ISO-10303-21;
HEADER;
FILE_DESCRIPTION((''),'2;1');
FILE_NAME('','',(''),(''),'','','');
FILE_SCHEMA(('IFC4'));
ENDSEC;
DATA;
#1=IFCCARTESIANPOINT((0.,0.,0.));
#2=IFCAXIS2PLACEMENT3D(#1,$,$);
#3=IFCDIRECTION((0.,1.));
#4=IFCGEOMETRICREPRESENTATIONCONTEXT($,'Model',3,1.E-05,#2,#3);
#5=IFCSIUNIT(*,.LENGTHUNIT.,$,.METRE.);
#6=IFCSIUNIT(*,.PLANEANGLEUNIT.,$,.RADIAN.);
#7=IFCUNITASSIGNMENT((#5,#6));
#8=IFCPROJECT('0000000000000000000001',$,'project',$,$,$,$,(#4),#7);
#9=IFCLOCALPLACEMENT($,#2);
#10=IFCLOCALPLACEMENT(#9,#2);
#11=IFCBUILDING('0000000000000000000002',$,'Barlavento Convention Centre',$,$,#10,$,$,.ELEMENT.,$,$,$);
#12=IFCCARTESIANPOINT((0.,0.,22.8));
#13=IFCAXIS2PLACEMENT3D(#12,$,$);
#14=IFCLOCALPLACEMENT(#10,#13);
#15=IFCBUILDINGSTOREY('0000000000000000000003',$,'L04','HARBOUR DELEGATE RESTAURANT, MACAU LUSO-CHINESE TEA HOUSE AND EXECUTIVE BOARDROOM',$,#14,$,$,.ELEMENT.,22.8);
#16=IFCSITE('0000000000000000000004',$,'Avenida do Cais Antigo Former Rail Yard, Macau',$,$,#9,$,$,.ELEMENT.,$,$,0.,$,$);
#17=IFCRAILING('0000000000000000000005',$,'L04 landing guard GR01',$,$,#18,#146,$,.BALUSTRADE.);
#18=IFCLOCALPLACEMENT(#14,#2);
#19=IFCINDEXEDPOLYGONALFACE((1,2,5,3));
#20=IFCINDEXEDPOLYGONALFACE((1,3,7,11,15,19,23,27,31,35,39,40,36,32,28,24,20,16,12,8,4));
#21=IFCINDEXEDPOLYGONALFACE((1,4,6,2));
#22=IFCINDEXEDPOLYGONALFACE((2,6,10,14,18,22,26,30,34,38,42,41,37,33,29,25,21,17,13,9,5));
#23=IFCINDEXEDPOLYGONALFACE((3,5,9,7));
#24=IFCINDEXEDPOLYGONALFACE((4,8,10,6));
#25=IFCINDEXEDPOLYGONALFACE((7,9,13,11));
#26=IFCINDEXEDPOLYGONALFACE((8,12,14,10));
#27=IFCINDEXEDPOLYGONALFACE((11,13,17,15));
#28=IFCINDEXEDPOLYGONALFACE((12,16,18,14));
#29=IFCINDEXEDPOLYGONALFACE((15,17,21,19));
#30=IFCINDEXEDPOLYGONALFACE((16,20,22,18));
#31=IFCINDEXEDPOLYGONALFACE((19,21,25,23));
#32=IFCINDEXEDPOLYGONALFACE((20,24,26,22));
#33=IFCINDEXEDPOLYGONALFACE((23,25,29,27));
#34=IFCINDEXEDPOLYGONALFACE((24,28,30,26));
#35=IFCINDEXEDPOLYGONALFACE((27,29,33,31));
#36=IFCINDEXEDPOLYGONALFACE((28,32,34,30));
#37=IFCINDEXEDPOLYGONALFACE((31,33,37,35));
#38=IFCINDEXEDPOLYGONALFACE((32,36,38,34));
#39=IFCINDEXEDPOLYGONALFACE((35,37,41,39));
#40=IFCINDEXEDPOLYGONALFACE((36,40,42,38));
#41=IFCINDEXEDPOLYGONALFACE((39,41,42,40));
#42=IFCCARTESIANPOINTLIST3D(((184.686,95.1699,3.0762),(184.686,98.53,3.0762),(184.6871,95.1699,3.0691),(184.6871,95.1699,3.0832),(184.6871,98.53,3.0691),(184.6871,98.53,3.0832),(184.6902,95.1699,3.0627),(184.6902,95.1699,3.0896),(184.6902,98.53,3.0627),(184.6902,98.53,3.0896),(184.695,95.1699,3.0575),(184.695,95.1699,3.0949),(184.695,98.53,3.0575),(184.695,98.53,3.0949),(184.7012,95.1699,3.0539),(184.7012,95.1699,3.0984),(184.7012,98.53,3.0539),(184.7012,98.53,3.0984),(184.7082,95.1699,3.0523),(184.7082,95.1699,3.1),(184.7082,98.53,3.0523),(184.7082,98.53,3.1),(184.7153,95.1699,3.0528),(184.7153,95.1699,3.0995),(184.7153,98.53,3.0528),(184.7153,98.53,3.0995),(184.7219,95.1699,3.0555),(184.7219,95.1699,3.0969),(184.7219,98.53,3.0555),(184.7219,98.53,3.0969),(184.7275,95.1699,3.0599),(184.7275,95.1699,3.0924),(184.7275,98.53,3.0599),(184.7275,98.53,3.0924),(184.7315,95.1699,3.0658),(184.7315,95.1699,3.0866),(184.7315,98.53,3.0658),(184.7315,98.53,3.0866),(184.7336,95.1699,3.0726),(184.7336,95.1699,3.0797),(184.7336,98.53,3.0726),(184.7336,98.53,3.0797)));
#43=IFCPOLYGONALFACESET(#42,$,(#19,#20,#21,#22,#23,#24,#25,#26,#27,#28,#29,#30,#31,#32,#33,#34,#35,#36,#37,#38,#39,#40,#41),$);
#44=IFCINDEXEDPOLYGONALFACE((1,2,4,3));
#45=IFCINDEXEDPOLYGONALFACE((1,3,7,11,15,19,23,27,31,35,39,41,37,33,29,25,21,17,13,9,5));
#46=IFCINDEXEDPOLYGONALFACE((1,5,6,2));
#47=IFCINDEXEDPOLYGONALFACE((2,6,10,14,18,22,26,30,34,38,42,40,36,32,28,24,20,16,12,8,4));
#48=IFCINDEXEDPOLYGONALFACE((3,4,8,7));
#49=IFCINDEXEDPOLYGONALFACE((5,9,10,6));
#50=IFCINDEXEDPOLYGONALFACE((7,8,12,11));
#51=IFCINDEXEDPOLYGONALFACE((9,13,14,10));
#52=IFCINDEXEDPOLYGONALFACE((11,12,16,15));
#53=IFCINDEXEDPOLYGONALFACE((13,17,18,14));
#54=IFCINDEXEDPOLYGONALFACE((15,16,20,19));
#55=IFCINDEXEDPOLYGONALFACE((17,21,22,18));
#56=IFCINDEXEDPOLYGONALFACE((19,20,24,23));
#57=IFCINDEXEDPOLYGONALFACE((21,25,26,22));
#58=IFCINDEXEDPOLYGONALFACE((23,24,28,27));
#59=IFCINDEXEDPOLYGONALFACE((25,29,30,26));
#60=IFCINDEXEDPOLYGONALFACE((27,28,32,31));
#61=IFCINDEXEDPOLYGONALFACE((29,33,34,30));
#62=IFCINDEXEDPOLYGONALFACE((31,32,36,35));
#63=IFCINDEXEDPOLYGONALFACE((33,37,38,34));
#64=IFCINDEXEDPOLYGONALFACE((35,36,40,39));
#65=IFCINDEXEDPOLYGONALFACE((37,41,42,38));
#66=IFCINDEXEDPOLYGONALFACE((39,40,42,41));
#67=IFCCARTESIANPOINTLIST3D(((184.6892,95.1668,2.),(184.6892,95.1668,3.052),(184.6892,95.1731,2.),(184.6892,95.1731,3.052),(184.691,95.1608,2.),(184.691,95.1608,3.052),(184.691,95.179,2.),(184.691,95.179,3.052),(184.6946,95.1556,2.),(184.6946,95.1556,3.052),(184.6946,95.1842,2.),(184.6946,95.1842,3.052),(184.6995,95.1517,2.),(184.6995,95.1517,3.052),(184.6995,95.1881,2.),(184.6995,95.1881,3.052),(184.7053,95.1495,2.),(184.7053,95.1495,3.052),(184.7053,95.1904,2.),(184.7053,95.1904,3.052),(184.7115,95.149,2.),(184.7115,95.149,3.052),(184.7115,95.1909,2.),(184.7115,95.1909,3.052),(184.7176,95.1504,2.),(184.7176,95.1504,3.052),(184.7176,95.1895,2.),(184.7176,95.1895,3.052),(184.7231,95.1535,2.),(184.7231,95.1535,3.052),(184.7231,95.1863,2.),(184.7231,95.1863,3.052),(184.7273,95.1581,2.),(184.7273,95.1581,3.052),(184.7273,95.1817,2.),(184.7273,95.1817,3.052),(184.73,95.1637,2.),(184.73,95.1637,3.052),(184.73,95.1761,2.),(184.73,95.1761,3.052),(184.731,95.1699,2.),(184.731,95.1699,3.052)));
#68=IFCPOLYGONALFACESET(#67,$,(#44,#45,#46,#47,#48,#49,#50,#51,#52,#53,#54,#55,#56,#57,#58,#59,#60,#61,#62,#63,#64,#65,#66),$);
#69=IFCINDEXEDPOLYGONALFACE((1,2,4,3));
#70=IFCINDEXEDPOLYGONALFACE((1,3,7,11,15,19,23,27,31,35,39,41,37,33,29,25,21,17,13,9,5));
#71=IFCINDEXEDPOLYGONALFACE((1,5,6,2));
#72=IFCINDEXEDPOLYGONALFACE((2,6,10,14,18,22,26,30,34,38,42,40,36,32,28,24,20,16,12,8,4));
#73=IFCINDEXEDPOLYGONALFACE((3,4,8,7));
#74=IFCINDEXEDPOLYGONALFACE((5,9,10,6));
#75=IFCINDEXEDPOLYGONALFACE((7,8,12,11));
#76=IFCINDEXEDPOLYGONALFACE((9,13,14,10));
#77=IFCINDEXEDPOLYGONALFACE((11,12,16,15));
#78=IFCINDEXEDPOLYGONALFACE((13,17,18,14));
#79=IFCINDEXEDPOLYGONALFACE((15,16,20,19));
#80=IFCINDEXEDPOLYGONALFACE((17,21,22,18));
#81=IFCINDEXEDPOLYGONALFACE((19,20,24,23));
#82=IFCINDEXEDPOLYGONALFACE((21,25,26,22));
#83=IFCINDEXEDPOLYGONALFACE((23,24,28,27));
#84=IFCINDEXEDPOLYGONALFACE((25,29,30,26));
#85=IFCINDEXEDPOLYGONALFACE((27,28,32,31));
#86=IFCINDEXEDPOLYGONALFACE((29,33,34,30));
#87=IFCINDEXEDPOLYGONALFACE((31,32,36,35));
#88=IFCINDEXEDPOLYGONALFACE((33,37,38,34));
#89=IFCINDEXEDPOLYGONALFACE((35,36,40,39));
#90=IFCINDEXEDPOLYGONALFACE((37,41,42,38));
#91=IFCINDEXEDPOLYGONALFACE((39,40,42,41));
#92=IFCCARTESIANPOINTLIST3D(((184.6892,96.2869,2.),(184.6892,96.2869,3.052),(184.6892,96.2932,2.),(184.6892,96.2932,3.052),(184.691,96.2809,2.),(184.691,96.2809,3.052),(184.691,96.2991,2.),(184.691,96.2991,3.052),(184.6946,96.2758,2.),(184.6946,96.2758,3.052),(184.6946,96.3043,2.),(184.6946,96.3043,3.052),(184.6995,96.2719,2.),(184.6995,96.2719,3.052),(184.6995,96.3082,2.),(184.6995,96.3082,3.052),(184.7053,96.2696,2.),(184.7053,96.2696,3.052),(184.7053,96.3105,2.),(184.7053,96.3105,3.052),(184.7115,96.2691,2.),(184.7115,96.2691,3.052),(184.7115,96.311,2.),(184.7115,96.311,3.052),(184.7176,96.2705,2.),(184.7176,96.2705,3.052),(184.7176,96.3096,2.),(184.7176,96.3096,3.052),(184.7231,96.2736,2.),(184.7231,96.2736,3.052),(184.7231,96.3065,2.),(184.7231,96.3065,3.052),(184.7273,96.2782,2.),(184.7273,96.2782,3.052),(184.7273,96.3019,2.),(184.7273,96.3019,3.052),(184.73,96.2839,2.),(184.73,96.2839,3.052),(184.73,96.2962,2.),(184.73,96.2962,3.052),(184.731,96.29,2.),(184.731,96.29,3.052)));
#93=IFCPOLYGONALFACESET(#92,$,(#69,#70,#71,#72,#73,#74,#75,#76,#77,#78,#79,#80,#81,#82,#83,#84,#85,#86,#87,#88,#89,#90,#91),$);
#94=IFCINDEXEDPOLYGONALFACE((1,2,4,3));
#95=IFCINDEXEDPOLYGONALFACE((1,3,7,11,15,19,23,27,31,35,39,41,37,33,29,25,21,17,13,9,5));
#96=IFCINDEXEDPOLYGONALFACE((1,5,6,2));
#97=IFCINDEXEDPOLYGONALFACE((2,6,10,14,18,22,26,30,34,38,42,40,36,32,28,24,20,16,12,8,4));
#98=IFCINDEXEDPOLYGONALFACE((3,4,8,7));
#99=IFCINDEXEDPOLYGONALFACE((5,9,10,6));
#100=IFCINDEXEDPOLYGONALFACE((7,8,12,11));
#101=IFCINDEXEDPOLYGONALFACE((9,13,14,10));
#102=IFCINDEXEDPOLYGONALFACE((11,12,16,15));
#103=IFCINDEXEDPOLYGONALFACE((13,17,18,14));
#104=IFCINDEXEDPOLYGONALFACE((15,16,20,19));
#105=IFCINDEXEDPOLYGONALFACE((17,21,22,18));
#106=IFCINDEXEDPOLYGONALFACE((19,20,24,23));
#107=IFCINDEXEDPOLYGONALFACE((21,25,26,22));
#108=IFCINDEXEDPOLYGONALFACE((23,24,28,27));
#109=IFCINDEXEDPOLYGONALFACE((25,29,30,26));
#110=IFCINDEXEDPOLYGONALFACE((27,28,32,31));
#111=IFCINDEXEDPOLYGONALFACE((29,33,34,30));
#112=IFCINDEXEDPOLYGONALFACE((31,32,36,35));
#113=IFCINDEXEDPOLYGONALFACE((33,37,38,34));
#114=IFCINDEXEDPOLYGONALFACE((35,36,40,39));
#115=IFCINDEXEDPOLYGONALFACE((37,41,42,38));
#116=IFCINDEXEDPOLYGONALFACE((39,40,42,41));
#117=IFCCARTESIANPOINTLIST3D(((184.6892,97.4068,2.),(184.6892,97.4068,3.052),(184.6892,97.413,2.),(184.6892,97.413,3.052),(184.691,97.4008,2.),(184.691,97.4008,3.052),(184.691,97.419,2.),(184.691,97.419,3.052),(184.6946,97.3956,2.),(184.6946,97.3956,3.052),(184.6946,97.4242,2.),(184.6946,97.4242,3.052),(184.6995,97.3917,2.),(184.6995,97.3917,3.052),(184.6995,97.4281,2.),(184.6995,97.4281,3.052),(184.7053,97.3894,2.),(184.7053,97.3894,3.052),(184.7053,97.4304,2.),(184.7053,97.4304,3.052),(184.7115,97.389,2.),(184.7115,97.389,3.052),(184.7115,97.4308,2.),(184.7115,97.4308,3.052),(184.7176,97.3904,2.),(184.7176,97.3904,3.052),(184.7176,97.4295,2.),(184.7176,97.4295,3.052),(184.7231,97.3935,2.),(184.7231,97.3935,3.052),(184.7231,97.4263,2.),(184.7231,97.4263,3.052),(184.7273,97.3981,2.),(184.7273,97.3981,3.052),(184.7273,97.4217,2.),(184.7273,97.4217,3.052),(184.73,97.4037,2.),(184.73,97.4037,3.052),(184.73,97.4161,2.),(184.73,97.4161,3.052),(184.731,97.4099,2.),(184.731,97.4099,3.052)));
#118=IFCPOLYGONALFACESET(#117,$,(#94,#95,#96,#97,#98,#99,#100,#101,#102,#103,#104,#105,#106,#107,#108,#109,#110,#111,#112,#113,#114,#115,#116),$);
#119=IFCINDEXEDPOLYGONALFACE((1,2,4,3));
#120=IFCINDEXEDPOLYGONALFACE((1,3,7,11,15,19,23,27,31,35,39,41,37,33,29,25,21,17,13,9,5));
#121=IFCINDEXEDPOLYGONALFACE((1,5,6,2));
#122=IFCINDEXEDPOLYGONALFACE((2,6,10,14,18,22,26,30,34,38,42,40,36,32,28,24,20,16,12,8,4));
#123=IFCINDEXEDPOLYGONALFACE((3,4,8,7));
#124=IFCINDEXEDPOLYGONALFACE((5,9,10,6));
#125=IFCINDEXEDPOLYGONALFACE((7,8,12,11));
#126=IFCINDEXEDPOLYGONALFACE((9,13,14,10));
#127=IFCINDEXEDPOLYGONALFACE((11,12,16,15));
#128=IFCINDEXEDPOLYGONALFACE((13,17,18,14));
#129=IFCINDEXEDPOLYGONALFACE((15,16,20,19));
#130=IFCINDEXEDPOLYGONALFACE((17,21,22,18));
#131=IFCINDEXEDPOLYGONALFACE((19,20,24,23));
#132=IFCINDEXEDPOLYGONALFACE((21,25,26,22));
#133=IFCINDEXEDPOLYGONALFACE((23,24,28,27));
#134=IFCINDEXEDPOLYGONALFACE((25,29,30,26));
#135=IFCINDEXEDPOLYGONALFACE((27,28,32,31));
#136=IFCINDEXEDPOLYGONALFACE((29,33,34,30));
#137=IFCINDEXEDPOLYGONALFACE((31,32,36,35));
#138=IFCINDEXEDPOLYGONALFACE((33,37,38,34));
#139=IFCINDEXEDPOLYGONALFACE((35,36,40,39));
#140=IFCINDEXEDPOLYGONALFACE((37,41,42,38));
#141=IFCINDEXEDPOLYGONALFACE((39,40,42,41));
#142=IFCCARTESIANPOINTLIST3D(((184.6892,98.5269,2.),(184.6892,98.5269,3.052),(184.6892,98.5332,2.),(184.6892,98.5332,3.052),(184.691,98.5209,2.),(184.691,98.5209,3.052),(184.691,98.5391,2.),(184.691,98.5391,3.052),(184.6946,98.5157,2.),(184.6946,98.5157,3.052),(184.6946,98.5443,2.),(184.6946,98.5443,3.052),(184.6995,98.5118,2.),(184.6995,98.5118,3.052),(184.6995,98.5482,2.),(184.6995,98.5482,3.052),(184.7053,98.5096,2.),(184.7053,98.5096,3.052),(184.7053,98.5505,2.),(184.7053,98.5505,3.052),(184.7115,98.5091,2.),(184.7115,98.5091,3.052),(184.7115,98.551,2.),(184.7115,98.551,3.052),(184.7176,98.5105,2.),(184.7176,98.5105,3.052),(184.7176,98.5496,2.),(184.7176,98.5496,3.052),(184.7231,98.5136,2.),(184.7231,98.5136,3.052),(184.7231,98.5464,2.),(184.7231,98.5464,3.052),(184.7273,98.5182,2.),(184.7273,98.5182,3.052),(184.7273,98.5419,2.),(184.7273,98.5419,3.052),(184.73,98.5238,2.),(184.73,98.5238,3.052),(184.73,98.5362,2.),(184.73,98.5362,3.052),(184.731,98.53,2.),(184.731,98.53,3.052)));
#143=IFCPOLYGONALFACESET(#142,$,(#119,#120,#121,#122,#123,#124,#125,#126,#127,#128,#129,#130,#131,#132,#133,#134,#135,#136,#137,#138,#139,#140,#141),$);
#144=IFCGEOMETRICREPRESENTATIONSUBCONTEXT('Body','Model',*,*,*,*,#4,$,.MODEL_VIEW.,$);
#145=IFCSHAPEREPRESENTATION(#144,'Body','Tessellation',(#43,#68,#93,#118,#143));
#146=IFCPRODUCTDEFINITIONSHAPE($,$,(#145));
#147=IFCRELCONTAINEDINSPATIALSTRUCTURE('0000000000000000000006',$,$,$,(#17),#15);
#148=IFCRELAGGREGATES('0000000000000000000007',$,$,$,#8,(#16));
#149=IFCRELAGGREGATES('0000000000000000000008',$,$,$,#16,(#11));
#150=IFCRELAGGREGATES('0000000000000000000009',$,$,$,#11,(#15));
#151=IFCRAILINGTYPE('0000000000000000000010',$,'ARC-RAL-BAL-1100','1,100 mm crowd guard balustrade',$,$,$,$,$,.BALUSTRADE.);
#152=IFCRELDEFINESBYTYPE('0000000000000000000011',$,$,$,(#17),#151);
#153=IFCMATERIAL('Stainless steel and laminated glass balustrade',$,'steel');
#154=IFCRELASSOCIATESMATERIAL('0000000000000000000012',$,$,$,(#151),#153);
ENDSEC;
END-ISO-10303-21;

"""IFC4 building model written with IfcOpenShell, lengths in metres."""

from ifc_helpers import new_model, si_unit, direction, frame, origin, origin_2d, place, context, subcontext, project, spatial, circle, extrude, material, type_object, element, save


model = new_model("IFC4")

# Units and contexts
model_context = context("Model", 3, precision=1e-05, world=origin(), true_north=direction((0.0, 1.0)))
body_context = subcontext(model_context, "Body", "Model", "MODEL_VIEW")
ifc_project = project(units=[si_unit("LENGTHUNIT", "METRE"), si_unit("PLANEANGLEUNIT", "RADIAN")], contexts=[model_context])

# Site, building, storey
site_placement = place(None, origin())
site = spatial("IfcSite", under=ifc_project, at=site_placement, Name="Avenida do Cais Antigo Former Rail Yard, Macau", CompositionType="ELEMENT", RefElevation=0.0)
building_placement = place(site_placement, origin())
building = spatial("IfcBuilding", under=site, at=building_placement, Name="Barlavento Convention Centre", CompositionType="ELEMENT")
storey_placement = place(building_placement, frame((0.0, 0.0, 22.8)))
storey = spatial("IfcBuildingStorey", under=building, at=storey_placement, Name="L04", Description="HARBOUR DELEGATE RESTAURANT, MACAU LUSO-CHINESE TEA HOUSE AND EXECUTIVE BOARDROOM", CompositionType="ELEMENT", Elevation=22.8)

# Railing
ifc_material_1 = material(Name="Stainless steel and laminated glass balustrade", Category="steel")
railing_type_1 = type_object("IfcRailingType", Name="ARC-RAL-BAL-1100", Description="1,100 mm crowd guard balustrade", PredefinedType="BALUSTRADE", material=ifc_material_1)
railing_1_placement = place(storey_placement, frame((184.71, 95.1699, 2.0)))
element("IfcRailing", 1, at=railing_1_placement, inside=storey, type_object=railing_type_1, Name="L04 landing guard GR01", PredefinedType="BALUSTRADE", context=body_context, shape_type="SweptSolid", body=[
    extrude(circle(Radius=0.0239, at=origin_2d()), frame((0.0, 0.0, 1.0762), z_axis=(0.0, 1.0, 0.0), x_axis=(-1.0, 0.0, 0.0)), (0.0, 0.0, 1.0), 3.3601),
    extrude(circle(Radius=0.021, at=origin_2d()), origin(), (0.0, 0.0, 1.0), 1.052),
    extrude(circle(Radius=0.021, at=origin_2d()), frame((0.0, 1.1201, 0.0)), (0.0, 0.0, 1.0), 1.052),
    extrude(circle(Radius=0.021, at=origin_2d()), frame((0.0, 2.24, 0.0)), (0.0, 0.0, 1.0), 1.052),
    extrude(circle(Radius=0.021, at=origin_2d()), frame((0.0, 3.3601, 0.0)), (0.0, 0.0, 1.0), 1.052),
])

save(model, "model.ifc")
